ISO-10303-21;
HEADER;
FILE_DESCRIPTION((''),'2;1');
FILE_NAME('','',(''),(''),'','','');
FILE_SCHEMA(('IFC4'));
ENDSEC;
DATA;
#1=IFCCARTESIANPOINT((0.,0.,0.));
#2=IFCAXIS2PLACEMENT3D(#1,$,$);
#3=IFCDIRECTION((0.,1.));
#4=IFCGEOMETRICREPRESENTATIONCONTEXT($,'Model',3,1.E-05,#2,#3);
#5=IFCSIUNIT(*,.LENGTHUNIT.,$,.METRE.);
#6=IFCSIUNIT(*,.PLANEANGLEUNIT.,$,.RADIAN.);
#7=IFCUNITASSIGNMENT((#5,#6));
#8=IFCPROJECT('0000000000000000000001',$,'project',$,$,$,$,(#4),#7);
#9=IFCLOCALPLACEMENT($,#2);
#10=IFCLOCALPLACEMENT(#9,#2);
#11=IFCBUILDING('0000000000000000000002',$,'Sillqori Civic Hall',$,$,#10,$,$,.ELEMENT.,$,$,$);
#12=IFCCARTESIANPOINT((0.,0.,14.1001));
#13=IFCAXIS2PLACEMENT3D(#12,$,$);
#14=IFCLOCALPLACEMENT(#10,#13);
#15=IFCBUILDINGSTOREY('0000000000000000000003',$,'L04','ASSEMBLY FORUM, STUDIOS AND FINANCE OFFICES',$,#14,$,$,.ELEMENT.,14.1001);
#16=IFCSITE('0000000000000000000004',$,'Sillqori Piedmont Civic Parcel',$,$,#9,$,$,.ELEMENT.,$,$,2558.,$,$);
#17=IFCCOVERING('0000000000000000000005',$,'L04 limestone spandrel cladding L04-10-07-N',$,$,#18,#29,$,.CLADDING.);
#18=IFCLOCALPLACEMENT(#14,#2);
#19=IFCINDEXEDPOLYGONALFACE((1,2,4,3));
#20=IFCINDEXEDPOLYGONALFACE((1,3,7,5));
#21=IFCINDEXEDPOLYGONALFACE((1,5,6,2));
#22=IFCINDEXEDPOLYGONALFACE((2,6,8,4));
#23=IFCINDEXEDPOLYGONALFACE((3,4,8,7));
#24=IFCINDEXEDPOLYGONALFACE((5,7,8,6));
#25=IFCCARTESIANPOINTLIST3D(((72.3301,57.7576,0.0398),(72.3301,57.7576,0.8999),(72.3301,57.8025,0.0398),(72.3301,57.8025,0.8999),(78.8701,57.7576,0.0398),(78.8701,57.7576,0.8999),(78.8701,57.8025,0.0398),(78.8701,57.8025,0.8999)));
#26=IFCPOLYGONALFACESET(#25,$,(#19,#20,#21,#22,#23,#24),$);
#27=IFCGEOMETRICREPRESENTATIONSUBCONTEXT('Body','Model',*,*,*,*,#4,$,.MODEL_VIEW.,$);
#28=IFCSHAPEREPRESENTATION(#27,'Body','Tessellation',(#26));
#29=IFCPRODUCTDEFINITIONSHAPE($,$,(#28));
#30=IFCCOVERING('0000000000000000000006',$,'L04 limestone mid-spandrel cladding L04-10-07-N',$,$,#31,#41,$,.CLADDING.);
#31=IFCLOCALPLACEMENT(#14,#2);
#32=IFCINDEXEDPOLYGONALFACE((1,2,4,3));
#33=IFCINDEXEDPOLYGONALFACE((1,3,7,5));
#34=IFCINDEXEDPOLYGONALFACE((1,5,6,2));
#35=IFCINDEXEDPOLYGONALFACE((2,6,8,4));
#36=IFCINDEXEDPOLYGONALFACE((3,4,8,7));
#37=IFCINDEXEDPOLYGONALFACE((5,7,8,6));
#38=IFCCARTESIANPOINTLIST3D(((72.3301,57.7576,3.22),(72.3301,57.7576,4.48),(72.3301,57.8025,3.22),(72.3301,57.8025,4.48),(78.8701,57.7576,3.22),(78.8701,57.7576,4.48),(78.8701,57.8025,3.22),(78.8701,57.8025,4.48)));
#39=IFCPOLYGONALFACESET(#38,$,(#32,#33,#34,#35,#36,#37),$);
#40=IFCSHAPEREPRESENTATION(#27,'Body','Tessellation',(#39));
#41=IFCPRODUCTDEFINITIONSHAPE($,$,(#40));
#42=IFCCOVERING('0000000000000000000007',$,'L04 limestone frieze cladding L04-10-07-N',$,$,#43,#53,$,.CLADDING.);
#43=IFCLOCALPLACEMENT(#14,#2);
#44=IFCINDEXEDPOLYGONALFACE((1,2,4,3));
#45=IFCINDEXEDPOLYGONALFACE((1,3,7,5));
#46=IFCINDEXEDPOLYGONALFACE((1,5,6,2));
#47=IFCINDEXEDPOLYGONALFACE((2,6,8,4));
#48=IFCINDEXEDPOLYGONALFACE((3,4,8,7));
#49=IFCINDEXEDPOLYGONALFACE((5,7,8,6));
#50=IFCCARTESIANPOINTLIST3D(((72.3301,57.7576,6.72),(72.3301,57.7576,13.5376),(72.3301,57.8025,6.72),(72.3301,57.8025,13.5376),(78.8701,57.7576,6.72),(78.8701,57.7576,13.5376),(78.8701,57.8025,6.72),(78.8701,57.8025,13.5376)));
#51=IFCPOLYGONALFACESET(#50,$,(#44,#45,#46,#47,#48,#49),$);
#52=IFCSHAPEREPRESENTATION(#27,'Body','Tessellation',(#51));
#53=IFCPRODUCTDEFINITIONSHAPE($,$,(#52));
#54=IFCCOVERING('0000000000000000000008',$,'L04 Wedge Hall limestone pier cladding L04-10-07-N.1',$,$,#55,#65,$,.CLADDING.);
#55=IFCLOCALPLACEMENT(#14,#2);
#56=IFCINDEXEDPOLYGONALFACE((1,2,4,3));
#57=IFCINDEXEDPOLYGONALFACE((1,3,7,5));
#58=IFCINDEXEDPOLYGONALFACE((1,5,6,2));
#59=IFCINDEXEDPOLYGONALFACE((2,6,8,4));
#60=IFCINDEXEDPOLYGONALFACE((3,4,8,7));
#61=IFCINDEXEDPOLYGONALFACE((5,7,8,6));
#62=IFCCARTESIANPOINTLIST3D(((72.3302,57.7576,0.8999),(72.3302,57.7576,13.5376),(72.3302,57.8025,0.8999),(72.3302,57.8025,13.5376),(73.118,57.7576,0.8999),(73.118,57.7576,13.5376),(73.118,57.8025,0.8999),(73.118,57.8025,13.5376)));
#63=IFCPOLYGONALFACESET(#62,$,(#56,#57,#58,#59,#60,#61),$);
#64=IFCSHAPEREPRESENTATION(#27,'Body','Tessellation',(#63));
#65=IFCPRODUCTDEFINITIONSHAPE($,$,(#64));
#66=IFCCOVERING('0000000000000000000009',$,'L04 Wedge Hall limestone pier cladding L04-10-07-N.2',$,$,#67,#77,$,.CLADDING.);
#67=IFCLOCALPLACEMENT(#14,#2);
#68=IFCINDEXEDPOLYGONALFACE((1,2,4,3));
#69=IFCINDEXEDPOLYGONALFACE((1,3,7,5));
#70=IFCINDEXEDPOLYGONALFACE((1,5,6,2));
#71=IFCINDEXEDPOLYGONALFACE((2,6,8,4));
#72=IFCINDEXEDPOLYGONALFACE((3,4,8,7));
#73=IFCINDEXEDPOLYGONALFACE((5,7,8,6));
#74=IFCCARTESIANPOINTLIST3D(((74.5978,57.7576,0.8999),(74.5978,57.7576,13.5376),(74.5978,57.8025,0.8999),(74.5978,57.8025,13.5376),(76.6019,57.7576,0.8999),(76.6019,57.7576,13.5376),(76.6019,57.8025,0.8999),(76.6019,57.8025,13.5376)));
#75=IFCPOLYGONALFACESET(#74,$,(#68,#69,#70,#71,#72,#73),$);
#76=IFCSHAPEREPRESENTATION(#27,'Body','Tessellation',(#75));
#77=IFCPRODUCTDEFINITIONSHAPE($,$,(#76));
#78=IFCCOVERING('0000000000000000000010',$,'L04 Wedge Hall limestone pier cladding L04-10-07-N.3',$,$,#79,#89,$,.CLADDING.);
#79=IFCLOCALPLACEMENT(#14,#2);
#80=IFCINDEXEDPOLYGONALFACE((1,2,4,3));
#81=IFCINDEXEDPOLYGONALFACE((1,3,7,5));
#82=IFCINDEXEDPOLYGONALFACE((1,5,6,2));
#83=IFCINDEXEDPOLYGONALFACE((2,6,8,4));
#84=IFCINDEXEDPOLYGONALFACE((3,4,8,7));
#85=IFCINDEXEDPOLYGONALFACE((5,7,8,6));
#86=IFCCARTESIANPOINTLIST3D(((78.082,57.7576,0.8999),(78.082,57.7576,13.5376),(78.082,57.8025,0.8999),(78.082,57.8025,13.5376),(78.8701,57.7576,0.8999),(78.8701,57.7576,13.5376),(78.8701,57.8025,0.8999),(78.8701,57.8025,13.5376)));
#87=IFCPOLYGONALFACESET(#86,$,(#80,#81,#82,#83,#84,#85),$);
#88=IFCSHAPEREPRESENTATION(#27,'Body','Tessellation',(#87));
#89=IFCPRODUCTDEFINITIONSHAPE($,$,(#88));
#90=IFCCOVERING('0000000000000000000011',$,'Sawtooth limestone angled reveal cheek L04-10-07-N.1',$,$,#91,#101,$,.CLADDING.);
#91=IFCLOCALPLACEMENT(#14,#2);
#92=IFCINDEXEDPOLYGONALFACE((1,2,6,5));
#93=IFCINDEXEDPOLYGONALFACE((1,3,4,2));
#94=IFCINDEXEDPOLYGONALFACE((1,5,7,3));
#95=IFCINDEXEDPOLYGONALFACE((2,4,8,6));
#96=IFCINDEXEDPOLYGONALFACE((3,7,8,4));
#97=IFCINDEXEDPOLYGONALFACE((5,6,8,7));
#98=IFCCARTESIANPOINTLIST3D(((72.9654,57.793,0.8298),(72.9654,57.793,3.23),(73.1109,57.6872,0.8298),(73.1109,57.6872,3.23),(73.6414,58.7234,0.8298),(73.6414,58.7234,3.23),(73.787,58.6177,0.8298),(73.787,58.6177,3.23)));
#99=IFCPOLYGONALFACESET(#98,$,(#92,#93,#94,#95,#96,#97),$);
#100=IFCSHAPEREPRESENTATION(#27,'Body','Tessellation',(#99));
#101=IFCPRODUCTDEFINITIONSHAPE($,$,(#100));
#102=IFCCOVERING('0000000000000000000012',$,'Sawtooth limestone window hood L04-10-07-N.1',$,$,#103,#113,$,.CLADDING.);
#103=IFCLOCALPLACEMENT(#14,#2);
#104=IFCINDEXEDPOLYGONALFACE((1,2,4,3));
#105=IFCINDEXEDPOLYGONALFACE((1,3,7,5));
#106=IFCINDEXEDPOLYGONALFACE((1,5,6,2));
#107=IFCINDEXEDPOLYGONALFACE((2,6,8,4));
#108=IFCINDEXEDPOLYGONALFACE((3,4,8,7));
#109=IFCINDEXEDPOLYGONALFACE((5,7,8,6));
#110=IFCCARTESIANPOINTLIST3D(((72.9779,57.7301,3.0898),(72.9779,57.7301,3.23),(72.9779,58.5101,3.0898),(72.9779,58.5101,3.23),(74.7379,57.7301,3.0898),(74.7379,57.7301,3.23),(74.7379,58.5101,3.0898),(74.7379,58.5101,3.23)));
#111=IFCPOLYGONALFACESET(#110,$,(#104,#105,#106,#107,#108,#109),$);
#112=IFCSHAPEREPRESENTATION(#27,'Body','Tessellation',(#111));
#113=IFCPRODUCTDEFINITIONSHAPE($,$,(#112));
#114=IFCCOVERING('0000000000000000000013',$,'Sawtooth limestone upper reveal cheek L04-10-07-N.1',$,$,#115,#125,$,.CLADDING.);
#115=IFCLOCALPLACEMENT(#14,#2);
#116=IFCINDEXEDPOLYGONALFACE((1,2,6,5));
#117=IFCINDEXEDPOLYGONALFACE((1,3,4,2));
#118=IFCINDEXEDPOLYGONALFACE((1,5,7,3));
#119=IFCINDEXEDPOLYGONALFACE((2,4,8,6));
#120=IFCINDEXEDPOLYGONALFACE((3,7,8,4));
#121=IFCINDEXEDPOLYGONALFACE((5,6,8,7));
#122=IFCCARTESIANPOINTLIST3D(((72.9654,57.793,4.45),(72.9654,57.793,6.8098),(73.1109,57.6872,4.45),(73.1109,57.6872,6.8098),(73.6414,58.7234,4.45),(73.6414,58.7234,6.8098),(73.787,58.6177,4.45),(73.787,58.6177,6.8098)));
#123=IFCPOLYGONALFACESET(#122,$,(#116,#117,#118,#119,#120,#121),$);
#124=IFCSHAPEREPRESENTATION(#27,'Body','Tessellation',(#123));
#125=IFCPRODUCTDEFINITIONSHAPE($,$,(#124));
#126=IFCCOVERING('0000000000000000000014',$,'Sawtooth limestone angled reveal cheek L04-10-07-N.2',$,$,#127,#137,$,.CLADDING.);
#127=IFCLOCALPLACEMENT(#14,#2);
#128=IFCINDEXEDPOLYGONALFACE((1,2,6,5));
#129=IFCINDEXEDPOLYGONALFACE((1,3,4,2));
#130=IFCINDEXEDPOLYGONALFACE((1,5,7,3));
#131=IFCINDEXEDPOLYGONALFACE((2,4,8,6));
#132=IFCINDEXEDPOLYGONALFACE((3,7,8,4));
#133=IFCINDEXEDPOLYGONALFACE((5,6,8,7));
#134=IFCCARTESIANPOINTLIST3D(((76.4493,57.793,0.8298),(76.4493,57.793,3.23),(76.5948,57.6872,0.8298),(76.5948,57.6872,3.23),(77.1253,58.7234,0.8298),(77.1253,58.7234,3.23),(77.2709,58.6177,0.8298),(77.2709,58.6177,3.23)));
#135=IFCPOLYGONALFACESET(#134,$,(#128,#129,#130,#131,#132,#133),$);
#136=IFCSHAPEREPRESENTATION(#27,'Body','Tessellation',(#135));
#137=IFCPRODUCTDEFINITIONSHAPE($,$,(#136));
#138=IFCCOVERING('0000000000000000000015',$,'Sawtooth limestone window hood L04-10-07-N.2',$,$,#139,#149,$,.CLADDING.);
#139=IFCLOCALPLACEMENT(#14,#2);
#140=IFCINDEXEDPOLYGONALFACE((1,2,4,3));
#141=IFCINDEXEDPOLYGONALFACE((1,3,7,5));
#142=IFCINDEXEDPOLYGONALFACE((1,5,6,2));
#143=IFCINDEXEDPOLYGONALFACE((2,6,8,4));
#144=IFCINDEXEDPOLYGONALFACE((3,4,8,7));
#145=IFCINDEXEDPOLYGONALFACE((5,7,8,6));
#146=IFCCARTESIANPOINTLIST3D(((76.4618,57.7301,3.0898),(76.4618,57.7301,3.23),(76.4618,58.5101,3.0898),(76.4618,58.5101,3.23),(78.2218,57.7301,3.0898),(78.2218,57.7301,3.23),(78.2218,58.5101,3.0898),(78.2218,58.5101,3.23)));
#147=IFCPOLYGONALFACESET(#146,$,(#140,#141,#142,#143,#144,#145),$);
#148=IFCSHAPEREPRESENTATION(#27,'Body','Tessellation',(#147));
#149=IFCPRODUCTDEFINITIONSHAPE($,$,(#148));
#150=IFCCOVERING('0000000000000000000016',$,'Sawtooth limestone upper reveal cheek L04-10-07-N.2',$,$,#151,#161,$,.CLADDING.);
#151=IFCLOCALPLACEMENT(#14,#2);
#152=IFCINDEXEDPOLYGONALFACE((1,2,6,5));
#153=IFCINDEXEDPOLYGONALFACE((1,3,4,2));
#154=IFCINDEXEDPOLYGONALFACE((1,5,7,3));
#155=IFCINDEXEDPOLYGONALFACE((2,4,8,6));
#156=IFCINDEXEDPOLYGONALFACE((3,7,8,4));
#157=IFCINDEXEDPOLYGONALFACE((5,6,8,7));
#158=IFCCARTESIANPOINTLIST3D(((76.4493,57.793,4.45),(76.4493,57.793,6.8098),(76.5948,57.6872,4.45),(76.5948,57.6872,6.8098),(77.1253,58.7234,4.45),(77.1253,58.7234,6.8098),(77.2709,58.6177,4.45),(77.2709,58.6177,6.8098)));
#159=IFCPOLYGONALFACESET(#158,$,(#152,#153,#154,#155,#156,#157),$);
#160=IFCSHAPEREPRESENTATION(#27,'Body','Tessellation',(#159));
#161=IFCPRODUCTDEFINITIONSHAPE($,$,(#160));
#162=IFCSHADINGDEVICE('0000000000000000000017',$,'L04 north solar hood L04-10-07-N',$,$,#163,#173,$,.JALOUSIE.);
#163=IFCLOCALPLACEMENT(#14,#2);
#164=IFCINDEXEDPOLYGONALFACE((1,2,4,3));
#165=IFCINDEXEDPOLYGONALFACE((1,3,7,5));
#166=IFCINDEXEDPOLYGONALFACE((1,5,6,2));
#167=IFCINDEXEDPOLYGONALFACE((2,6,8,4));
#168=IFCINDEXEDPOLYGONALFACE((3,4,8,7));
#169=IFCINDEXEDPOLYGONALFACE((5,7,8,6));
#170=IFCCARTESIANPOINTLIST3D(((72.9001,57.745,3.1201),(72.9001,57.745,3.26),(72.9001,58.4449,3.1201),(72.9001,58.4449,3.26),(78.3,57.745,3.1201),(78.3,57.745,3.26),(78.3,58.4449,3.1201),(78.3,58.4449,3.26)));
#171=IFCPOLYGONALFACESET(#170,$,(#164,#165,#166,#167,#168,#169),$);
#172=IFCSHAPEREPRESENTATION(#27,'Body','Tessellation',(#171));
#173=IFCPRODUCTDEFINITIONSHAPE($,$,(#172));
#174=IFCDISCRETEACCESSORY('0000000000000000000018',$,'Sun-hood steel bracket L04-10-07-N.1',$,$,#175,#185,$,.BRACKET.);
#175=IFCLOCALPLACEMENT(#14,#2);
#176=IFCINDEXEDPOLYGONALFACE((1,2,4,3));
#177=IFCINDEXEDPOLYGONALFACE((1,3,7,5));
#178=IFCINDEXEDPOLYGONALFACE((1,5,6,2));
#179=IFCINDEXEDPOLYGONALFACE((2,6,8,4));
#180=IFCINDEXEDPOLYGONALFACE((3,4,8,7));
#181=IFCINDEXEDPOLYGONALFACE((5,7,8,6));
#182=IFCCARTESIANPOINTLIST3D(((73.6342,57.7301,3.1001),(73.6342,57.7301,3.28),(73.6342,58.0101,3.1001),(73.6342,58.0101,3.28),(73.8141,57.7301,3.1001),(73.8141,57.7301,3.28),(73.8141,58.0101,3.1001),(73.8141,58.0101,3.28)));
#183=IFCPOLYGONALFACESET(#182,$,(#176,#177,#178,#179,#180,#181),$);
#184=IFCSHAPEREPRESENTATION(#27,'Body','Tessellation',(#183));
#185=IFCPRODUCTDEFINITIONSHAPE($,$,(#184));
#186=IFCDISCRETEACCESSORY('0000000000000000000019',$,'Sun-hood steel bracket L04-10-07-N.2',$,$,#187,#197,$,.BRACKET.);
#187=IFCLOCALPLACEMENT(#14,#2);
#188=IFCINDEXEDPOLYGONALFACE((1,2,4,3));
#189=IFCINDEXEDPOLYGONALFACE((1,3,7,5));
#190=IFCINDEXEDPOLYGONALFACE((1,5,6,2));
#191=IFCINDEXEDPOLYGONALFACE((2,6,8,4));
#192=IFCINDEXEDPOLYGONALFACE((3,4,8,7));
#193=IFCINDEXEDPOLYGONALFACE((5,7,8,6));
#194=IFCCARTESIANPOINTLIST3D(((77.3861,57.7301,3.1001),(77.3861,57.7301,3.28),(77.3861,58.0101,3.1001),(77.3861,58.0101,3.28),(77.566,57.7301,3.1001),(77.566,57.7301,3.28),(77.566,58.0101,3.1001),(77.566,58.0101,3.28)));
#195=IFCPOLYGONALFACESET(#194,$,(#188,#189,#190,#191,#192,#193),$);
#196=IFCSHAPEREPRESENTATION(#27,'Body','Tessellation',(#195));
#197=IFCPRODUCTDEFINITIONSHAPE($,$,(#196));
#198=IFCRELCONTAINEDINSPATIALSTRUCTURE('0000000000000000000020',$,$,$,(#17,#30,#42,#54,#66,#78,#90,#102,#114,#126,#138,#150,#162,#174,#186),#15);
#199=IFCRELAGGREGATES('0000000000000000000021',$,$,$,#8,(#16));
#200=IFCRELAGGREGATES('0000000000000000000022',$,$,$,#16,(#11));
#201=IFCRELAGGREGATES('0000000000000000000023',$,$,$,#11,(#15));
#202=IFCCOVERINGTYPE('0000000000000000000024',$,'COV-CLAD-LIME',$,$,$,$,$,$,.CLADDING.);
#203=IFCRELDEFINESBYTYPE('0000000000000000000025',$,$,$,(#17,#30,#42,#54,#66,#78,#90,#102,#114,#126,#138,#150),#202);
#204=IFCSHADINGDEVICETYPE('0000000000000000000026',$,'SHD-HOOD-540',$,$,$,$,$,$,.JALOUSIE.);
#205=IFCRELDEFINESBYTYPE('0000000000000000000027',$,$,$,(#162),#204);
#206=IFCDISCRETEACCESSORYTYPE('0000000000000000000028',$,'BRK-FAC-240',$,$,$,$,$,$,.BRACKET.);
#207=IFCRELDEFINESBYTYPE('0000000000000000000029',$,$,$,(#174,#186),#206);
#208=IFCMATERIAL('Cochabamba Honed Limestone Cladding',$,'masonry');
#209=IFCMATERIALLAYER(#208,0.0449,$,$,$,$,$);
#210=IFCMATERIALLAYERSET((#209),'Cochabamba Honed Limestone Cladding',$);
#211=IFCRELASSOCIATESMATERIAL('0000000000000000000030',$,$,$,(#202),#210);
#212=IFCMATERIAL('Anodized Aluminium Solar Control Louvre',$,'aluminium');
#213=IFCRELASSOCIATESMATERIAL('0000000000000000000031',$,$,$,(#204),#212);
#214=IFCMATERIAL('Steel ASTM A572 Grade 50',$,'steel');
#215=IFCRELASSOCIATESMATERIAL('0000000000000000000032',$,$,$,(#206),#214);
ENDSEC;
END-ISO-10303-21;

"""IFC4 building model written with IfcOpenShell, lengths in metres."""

from ifc_helpers import new_model, si_unit, direction, frame, frame_2d, origin, origin_2d, place, context, subcontext, project, spatial, rectangle, extrude, material, layer, layer_set, type_object, element, save


model = new_model("IFC4")

# Units and contexts
model_context = context("Model", 3, precision=1e-05, world=origin(), true_north=direction((0.0, 1.0)))
body_context = subcontext(model_context, "Body", "Model", "MODEL_VIEW")
ifc_project = project(units=[si_unit("LENGTHUNIT", "METRE"), si_unit("PLANEANGLEUNIT", "RADIAN")], contexts=[model_context])

# Site, building, storey
site_placement = place(None, origin())
site = spatial("IfcSite", under=ifc_project, at=site_placement, Name="Sillqori Piedmont Civic Parcel", CompositionType="ELEMENT", RefElevation=2558.0)
building_placement = place(site_placement, origin())
building = spatial("IfcBuilding", under=site, at=building_placement, Name="Sillqori Civic Hall", CompositionType="ELEMENT")
storey_placement = place(building_placement, frame((0.0, 0.0, 14.1001)))
storey = spatial("IfcBuildingStorey", under=building, at=storey_placement, Name="L04", Description="ASSEMBLY FORUM, STUDIOS AND FINANCE OFFICES", CompositionType="ELEMENT", Elevation=14.1001)

# Coverings
ifc_material_1 = material(Name="Cochabamba Honed Limestone Cladding", Category="masonry")
ifc_layer_1 = layer(ifc_material_1, 0.0449)
ifc_layer_set_1 = layer_set([ifc_layer_1], Name="Cochabamba Honed Limestone Cladding")
covering_type = type_object("IfcCoveringType", Name="COV-CLAD-LIME", PredefinedType="CLADDING", material=ifc_layer_set_1)
covering_1_placement = place(storey_placement, frame((72.3301, 57.78, 0.0398), z_axis=(0.0, 0.0, 1.0), x_axis=(1.0, 0.0, 0.0)))
element("IfcCovering", 1, at=covering_1_placement, inside=storey, type_object=covering_type, Name="L04 limestone spandrel cladding L04-10-07-N", PredefinedType="CLADDING", context=body_context, shape_type="SweptSolid", body=[
    extrude(rectangle(XDim=6.54, YDim=0.0449, at=frame_2d((3.27, 0.0))), origin(), (0.0, 0.0, 1.0), 0.8601),
])
covering_2_placement = place(storey_placement, frame((72.3301, 57.78, 3.22), z_axis=(0.0, 0.0, 1.0), x_axis=(1.0, 0.0, 0.0)))
element("IfcCovering", 2, at=covering_2_placement, inside=storey, type_object=covering_type, Name="L04 limestone mid-spandrel cladding L04-10-07-N", PredefinedType="CLADDING", context=body_context, shape_type="SweptSolid", body=[
    extrude(rectangle(XDim=6.54, YDim=0.0449, at=frame_2d((3.27, 0.0))), origin(), (0.0, 0.0, 1.0), 1.26),
])
covering_3_placement = place(storey_placement, frame((72.3301, 57.78, 6.72), z_axis=(0.0, 0.0, 1.0), x_axis=(1.0, 0.0, 0.0)))
element("IfcCovering", 3, at=covering_3_placement, inside=storey, type_object=covering_type, Name="L04 limestone frieze cladding L04-10-07-N", PredefinedType="CLADDING", context=body_context, shape_type="SweptSolid", body=[
    extrude(rectangle(XDim=6.54, YDim=0.0449, at=frame_2d((3.27, 0.0))), origin(), (0.0, 0.0, 1.0), 6.8176),
])
covering_4_placement = place(storey_placement, frame((72.3301, 57.78, 0.8999), z_axis=(0.0, 0.0, 1.0), x_axis=(1.0, 0.0, 0.0)))
element("IfcCovering", 4, at=covering_4_placement, inside=storey, type_object=covering_type, Name="L04 Wedge Hall limestone pier cladding L04-10-07-N.1", PredefinedType="CLADDING", context=body_context, shape_type="SweptSolid", body=[
    extrude(rectangle(XDim=0.7878, YDim=0.0449, at=frame_2d((0.394, 0.0))), origin(), (0.0, 0.0, 1.0), 12.6377),
])
covering_5_placement = place(storey_placement, frame((74.5979, 57.78, 0.8999), z_axis=(0.0, 0.0, 1.0), x_axis=(1.0, 0.0, 0.0)))
element("IfcCovering", 5, at=covering_5_placement, inside=storey, type_object=covering_type, Name="L04 Wedge Hall limestone pier cladding L04-10-07-N.2", PredefinedType="CLADDING", context=body_context, shape_type="SweptSolid", body=[
    extrude(rectangle(XDim=2.0042, YDim=0.0449, at=frame_2d((1.002, 0.0))), origin(), (0.0, 0.0, 1.0), 12.6377),
])
covering_6_placement = place(storey_placement, frame((78.082, 57.78, 0.8999), z_axis=(0.0, 0.0, 1.0), x_axis=(1.0, 0.0, 0.0)))
element("IfcCovering", 6, at=covering_6_placement, inside=storey, type_object=covering_type, Name="L04 Wedge Hall limestone pier cladding L04-10-07-N.3", PredefinedType="CLADDING", context=body_context, shape_type="SweptSolid", body=[
    extrude(rectangle(XDim=0.7881, YDim=0.0449, at=frame_2d((0.394, 0.0))), origin(), (0.0, 0.0, 1.0), 12.6377),
])
covering_7_placement = place(storey_placement, frame((73.0381, 57.74, 0.8298), z_axis=(0.0, 0.0, 1.0), x_axis=(0.587806, 0.809002, 0.0)))
element("IfcCovering", 7, at=covering_7_placement, inside=storey, type_object=covering_type, Name="Sawtooth limestone angled reveal cheek L04-10-07-N.1", PredefinedType="CLADDING", context=body_context, shape_type="SweptSolid", body=[
    extrude(rectangle(XDim=1.1501, YDim=0.1799, at=frame_2d((0.5752, 0.0))), origin(), (0.0, 0.0, 1.0), 2.4001),
])
covering_8_placement = place(storey_placement, frame((72.978, 58.1201, 3.0898), z_axis=(0.0, 0.0, 1.0), x_axis=(1.0, 0.0, 0.0)))
element("IfcCovering", 8, at=covering_8_placement, inside=storey, type_object=covering_type, Name="Sawtooth limestone window hood L04-10-07-N.1", PredefinedType="CLADDING", context=body_context, shape_type="SweptSolid", body=[
    extrude(rectangle(XDim=1.76, YDim=0.78, at=frame_2d((0.8799, 0.0))), origin(), (0.0, 0.0, 1.0), 0.1401),
])
covering_9_placement = place(storey_placement, frame((73.0381, 57.74, 4.45), z_axis=(0.0, 0.0, 1.0), x_axis=(0.587806, 0.809002, 0.0)))
element("IfcCovering", 9, at=covering_9_placement, inside=storey, type_object=covering_type, Name="Sawtooth limestone upper reveal cheek L04-10-07-N.1", PredefinedType="CLADDING", context=body_context, shape_type="SweptSolid", body=[
    extrude(rectangle(XDim=1.1501, YDim=0.1799, at=frame_2d((0.5752, 0.0))), origin(), (0.0, 0.0, 1.0), 2.3599),
])
covering_10_placement = place(storey_placement, frame((76.522, 57.74, 0.8298), z_axis=(0.0, 0.0, 1.0), x_axis=(0.587806, 0.809002, 0.0)))
element("IfcCovering", 10, at=covering_10_placement, inside=storey, type_object=covering_type, Name="Sawtooth limestone angled reveal cheek L04-10-07-N.2", PredefinedType="CLADDING", context=body_context, shape_type="SweptSolid", body=[
    extrude(rectangle(XDim=1.1501, YDim=0.1799, at=frame_2d((0.5752, 0.0))), origin(), (0.0, 0.0, 1.0), 2.4001),
])
covering_11_placement = place(storey_placement, frame((76.4619, 58.1201, 3.0898), z_axis=(0.0, 0.0, 1.0), x_axis=(1.0, 0.0, 0.0)))
element("IfcCovering", 11, at=covering_11_placement, inside=storey, type_object=covering_type, Name="Sawtooth limestone window hood L04-10-07-N.2", PredefinedType="CLADDING", context=body_context, shape_type="SweptSolid", body=[
    extrude(rectangle(XDim=1.76, YDim=0.78, at=frame_2d((0.8799, 0.0))), origin(), (0.0, 0.0, 1.0), 0.1401),
])
covering_12_placement = place(storey_placement, frame((76.522, 57.74, 4.45), z_axis=(0.0, 0.0, 1.0), x_axis=(0.587806, 0.809002, 0.0)))
element("IfcCovering", 12, at=covering_12_placement, inside=storey, type_object=covering_type, Name="Sawtooth limestone upper reveal cheek L04-10-07-N.2", PredefinedType="CLADDING", context=body_context, shape_type="SweptSolid", body=[
    extrude(rectangle(XDim=1.1501, YDim=0.1799, at=frame_2d((0.5752, 0.0))), origin(), (0.0, 0.0, 1.0), 2.3599),
])

# Shading device
ifc_material_2 = material(Name="Anodized Aluminium Solar Control Louvre", Category="aluminium")
shading_device_type = type_object("IfcShadingDeviceType", Name="SHD-HOOD-540", PredefinedType="JALOUSIE", material=ifc_material_2)
shading_device_placement = place(storey_placement, frame((75.6001, 58.095, 3.1201), z_axis=(0.0, 0.0, 1.0), x_axis=(1.0, 0.0, 0.0)))
element("IfcShadingDevice", 13, at=shading_device_placement, inside=storey, type_object=shading_device_type, Name="L04 north solar hood L04-10-07-N", PredefinedType="JALOUSIE", context=body_context, shape_type="SweptSolid", body=[
    extrude(rectangle(XDim=5.3999, YDim=0.7, at=origin_2d()), origin(), (0.0, 0.0, 1.0), 0.1399),
])

# Discrete accessories
ifc_material_3 = material(Name="Steel ASTM A572 Grade 50", Category="steel")
discrete_accessory_type = type_object("IfcDiscreteAccessoryType", Name="BRK-FAC-240", PredefinedType="BRACKET", material=ifc_material_3)
for number, where, z_axis, x_axis, name in (
    (14, (73.7241, 57.8701, 3.1001), (0.0, 0.0, 1.0), (1.0, 0.0, 0.0), "Sun-hood steel bracket L04-10-07-N.1"),
    (15, (77.4761, 57.8701, 3.1001), (0.0, 0.0, 1.0), (1.0, 0.0, 0.0), "Sun-hood steel bracket L04-10-07-N.2"),
):
    element("IfcDiscreteAccessory", number, at=place(storey_placement, frame(where, z_axis=z_axis, x_axis=x_axis)), inside=storey, type_object=discrete_accessory_type, Name=name, PredefinedType="BRACKET", context=body_context, shape_type="SweptSolid", body=[
        extrude(rectangle(XDim=0.1799, YDim=0.28, at=origin_2d()), origin(), (0.0, 0.0, 1.0), 0.1799),
    ])

save(model, "model.ifc")
